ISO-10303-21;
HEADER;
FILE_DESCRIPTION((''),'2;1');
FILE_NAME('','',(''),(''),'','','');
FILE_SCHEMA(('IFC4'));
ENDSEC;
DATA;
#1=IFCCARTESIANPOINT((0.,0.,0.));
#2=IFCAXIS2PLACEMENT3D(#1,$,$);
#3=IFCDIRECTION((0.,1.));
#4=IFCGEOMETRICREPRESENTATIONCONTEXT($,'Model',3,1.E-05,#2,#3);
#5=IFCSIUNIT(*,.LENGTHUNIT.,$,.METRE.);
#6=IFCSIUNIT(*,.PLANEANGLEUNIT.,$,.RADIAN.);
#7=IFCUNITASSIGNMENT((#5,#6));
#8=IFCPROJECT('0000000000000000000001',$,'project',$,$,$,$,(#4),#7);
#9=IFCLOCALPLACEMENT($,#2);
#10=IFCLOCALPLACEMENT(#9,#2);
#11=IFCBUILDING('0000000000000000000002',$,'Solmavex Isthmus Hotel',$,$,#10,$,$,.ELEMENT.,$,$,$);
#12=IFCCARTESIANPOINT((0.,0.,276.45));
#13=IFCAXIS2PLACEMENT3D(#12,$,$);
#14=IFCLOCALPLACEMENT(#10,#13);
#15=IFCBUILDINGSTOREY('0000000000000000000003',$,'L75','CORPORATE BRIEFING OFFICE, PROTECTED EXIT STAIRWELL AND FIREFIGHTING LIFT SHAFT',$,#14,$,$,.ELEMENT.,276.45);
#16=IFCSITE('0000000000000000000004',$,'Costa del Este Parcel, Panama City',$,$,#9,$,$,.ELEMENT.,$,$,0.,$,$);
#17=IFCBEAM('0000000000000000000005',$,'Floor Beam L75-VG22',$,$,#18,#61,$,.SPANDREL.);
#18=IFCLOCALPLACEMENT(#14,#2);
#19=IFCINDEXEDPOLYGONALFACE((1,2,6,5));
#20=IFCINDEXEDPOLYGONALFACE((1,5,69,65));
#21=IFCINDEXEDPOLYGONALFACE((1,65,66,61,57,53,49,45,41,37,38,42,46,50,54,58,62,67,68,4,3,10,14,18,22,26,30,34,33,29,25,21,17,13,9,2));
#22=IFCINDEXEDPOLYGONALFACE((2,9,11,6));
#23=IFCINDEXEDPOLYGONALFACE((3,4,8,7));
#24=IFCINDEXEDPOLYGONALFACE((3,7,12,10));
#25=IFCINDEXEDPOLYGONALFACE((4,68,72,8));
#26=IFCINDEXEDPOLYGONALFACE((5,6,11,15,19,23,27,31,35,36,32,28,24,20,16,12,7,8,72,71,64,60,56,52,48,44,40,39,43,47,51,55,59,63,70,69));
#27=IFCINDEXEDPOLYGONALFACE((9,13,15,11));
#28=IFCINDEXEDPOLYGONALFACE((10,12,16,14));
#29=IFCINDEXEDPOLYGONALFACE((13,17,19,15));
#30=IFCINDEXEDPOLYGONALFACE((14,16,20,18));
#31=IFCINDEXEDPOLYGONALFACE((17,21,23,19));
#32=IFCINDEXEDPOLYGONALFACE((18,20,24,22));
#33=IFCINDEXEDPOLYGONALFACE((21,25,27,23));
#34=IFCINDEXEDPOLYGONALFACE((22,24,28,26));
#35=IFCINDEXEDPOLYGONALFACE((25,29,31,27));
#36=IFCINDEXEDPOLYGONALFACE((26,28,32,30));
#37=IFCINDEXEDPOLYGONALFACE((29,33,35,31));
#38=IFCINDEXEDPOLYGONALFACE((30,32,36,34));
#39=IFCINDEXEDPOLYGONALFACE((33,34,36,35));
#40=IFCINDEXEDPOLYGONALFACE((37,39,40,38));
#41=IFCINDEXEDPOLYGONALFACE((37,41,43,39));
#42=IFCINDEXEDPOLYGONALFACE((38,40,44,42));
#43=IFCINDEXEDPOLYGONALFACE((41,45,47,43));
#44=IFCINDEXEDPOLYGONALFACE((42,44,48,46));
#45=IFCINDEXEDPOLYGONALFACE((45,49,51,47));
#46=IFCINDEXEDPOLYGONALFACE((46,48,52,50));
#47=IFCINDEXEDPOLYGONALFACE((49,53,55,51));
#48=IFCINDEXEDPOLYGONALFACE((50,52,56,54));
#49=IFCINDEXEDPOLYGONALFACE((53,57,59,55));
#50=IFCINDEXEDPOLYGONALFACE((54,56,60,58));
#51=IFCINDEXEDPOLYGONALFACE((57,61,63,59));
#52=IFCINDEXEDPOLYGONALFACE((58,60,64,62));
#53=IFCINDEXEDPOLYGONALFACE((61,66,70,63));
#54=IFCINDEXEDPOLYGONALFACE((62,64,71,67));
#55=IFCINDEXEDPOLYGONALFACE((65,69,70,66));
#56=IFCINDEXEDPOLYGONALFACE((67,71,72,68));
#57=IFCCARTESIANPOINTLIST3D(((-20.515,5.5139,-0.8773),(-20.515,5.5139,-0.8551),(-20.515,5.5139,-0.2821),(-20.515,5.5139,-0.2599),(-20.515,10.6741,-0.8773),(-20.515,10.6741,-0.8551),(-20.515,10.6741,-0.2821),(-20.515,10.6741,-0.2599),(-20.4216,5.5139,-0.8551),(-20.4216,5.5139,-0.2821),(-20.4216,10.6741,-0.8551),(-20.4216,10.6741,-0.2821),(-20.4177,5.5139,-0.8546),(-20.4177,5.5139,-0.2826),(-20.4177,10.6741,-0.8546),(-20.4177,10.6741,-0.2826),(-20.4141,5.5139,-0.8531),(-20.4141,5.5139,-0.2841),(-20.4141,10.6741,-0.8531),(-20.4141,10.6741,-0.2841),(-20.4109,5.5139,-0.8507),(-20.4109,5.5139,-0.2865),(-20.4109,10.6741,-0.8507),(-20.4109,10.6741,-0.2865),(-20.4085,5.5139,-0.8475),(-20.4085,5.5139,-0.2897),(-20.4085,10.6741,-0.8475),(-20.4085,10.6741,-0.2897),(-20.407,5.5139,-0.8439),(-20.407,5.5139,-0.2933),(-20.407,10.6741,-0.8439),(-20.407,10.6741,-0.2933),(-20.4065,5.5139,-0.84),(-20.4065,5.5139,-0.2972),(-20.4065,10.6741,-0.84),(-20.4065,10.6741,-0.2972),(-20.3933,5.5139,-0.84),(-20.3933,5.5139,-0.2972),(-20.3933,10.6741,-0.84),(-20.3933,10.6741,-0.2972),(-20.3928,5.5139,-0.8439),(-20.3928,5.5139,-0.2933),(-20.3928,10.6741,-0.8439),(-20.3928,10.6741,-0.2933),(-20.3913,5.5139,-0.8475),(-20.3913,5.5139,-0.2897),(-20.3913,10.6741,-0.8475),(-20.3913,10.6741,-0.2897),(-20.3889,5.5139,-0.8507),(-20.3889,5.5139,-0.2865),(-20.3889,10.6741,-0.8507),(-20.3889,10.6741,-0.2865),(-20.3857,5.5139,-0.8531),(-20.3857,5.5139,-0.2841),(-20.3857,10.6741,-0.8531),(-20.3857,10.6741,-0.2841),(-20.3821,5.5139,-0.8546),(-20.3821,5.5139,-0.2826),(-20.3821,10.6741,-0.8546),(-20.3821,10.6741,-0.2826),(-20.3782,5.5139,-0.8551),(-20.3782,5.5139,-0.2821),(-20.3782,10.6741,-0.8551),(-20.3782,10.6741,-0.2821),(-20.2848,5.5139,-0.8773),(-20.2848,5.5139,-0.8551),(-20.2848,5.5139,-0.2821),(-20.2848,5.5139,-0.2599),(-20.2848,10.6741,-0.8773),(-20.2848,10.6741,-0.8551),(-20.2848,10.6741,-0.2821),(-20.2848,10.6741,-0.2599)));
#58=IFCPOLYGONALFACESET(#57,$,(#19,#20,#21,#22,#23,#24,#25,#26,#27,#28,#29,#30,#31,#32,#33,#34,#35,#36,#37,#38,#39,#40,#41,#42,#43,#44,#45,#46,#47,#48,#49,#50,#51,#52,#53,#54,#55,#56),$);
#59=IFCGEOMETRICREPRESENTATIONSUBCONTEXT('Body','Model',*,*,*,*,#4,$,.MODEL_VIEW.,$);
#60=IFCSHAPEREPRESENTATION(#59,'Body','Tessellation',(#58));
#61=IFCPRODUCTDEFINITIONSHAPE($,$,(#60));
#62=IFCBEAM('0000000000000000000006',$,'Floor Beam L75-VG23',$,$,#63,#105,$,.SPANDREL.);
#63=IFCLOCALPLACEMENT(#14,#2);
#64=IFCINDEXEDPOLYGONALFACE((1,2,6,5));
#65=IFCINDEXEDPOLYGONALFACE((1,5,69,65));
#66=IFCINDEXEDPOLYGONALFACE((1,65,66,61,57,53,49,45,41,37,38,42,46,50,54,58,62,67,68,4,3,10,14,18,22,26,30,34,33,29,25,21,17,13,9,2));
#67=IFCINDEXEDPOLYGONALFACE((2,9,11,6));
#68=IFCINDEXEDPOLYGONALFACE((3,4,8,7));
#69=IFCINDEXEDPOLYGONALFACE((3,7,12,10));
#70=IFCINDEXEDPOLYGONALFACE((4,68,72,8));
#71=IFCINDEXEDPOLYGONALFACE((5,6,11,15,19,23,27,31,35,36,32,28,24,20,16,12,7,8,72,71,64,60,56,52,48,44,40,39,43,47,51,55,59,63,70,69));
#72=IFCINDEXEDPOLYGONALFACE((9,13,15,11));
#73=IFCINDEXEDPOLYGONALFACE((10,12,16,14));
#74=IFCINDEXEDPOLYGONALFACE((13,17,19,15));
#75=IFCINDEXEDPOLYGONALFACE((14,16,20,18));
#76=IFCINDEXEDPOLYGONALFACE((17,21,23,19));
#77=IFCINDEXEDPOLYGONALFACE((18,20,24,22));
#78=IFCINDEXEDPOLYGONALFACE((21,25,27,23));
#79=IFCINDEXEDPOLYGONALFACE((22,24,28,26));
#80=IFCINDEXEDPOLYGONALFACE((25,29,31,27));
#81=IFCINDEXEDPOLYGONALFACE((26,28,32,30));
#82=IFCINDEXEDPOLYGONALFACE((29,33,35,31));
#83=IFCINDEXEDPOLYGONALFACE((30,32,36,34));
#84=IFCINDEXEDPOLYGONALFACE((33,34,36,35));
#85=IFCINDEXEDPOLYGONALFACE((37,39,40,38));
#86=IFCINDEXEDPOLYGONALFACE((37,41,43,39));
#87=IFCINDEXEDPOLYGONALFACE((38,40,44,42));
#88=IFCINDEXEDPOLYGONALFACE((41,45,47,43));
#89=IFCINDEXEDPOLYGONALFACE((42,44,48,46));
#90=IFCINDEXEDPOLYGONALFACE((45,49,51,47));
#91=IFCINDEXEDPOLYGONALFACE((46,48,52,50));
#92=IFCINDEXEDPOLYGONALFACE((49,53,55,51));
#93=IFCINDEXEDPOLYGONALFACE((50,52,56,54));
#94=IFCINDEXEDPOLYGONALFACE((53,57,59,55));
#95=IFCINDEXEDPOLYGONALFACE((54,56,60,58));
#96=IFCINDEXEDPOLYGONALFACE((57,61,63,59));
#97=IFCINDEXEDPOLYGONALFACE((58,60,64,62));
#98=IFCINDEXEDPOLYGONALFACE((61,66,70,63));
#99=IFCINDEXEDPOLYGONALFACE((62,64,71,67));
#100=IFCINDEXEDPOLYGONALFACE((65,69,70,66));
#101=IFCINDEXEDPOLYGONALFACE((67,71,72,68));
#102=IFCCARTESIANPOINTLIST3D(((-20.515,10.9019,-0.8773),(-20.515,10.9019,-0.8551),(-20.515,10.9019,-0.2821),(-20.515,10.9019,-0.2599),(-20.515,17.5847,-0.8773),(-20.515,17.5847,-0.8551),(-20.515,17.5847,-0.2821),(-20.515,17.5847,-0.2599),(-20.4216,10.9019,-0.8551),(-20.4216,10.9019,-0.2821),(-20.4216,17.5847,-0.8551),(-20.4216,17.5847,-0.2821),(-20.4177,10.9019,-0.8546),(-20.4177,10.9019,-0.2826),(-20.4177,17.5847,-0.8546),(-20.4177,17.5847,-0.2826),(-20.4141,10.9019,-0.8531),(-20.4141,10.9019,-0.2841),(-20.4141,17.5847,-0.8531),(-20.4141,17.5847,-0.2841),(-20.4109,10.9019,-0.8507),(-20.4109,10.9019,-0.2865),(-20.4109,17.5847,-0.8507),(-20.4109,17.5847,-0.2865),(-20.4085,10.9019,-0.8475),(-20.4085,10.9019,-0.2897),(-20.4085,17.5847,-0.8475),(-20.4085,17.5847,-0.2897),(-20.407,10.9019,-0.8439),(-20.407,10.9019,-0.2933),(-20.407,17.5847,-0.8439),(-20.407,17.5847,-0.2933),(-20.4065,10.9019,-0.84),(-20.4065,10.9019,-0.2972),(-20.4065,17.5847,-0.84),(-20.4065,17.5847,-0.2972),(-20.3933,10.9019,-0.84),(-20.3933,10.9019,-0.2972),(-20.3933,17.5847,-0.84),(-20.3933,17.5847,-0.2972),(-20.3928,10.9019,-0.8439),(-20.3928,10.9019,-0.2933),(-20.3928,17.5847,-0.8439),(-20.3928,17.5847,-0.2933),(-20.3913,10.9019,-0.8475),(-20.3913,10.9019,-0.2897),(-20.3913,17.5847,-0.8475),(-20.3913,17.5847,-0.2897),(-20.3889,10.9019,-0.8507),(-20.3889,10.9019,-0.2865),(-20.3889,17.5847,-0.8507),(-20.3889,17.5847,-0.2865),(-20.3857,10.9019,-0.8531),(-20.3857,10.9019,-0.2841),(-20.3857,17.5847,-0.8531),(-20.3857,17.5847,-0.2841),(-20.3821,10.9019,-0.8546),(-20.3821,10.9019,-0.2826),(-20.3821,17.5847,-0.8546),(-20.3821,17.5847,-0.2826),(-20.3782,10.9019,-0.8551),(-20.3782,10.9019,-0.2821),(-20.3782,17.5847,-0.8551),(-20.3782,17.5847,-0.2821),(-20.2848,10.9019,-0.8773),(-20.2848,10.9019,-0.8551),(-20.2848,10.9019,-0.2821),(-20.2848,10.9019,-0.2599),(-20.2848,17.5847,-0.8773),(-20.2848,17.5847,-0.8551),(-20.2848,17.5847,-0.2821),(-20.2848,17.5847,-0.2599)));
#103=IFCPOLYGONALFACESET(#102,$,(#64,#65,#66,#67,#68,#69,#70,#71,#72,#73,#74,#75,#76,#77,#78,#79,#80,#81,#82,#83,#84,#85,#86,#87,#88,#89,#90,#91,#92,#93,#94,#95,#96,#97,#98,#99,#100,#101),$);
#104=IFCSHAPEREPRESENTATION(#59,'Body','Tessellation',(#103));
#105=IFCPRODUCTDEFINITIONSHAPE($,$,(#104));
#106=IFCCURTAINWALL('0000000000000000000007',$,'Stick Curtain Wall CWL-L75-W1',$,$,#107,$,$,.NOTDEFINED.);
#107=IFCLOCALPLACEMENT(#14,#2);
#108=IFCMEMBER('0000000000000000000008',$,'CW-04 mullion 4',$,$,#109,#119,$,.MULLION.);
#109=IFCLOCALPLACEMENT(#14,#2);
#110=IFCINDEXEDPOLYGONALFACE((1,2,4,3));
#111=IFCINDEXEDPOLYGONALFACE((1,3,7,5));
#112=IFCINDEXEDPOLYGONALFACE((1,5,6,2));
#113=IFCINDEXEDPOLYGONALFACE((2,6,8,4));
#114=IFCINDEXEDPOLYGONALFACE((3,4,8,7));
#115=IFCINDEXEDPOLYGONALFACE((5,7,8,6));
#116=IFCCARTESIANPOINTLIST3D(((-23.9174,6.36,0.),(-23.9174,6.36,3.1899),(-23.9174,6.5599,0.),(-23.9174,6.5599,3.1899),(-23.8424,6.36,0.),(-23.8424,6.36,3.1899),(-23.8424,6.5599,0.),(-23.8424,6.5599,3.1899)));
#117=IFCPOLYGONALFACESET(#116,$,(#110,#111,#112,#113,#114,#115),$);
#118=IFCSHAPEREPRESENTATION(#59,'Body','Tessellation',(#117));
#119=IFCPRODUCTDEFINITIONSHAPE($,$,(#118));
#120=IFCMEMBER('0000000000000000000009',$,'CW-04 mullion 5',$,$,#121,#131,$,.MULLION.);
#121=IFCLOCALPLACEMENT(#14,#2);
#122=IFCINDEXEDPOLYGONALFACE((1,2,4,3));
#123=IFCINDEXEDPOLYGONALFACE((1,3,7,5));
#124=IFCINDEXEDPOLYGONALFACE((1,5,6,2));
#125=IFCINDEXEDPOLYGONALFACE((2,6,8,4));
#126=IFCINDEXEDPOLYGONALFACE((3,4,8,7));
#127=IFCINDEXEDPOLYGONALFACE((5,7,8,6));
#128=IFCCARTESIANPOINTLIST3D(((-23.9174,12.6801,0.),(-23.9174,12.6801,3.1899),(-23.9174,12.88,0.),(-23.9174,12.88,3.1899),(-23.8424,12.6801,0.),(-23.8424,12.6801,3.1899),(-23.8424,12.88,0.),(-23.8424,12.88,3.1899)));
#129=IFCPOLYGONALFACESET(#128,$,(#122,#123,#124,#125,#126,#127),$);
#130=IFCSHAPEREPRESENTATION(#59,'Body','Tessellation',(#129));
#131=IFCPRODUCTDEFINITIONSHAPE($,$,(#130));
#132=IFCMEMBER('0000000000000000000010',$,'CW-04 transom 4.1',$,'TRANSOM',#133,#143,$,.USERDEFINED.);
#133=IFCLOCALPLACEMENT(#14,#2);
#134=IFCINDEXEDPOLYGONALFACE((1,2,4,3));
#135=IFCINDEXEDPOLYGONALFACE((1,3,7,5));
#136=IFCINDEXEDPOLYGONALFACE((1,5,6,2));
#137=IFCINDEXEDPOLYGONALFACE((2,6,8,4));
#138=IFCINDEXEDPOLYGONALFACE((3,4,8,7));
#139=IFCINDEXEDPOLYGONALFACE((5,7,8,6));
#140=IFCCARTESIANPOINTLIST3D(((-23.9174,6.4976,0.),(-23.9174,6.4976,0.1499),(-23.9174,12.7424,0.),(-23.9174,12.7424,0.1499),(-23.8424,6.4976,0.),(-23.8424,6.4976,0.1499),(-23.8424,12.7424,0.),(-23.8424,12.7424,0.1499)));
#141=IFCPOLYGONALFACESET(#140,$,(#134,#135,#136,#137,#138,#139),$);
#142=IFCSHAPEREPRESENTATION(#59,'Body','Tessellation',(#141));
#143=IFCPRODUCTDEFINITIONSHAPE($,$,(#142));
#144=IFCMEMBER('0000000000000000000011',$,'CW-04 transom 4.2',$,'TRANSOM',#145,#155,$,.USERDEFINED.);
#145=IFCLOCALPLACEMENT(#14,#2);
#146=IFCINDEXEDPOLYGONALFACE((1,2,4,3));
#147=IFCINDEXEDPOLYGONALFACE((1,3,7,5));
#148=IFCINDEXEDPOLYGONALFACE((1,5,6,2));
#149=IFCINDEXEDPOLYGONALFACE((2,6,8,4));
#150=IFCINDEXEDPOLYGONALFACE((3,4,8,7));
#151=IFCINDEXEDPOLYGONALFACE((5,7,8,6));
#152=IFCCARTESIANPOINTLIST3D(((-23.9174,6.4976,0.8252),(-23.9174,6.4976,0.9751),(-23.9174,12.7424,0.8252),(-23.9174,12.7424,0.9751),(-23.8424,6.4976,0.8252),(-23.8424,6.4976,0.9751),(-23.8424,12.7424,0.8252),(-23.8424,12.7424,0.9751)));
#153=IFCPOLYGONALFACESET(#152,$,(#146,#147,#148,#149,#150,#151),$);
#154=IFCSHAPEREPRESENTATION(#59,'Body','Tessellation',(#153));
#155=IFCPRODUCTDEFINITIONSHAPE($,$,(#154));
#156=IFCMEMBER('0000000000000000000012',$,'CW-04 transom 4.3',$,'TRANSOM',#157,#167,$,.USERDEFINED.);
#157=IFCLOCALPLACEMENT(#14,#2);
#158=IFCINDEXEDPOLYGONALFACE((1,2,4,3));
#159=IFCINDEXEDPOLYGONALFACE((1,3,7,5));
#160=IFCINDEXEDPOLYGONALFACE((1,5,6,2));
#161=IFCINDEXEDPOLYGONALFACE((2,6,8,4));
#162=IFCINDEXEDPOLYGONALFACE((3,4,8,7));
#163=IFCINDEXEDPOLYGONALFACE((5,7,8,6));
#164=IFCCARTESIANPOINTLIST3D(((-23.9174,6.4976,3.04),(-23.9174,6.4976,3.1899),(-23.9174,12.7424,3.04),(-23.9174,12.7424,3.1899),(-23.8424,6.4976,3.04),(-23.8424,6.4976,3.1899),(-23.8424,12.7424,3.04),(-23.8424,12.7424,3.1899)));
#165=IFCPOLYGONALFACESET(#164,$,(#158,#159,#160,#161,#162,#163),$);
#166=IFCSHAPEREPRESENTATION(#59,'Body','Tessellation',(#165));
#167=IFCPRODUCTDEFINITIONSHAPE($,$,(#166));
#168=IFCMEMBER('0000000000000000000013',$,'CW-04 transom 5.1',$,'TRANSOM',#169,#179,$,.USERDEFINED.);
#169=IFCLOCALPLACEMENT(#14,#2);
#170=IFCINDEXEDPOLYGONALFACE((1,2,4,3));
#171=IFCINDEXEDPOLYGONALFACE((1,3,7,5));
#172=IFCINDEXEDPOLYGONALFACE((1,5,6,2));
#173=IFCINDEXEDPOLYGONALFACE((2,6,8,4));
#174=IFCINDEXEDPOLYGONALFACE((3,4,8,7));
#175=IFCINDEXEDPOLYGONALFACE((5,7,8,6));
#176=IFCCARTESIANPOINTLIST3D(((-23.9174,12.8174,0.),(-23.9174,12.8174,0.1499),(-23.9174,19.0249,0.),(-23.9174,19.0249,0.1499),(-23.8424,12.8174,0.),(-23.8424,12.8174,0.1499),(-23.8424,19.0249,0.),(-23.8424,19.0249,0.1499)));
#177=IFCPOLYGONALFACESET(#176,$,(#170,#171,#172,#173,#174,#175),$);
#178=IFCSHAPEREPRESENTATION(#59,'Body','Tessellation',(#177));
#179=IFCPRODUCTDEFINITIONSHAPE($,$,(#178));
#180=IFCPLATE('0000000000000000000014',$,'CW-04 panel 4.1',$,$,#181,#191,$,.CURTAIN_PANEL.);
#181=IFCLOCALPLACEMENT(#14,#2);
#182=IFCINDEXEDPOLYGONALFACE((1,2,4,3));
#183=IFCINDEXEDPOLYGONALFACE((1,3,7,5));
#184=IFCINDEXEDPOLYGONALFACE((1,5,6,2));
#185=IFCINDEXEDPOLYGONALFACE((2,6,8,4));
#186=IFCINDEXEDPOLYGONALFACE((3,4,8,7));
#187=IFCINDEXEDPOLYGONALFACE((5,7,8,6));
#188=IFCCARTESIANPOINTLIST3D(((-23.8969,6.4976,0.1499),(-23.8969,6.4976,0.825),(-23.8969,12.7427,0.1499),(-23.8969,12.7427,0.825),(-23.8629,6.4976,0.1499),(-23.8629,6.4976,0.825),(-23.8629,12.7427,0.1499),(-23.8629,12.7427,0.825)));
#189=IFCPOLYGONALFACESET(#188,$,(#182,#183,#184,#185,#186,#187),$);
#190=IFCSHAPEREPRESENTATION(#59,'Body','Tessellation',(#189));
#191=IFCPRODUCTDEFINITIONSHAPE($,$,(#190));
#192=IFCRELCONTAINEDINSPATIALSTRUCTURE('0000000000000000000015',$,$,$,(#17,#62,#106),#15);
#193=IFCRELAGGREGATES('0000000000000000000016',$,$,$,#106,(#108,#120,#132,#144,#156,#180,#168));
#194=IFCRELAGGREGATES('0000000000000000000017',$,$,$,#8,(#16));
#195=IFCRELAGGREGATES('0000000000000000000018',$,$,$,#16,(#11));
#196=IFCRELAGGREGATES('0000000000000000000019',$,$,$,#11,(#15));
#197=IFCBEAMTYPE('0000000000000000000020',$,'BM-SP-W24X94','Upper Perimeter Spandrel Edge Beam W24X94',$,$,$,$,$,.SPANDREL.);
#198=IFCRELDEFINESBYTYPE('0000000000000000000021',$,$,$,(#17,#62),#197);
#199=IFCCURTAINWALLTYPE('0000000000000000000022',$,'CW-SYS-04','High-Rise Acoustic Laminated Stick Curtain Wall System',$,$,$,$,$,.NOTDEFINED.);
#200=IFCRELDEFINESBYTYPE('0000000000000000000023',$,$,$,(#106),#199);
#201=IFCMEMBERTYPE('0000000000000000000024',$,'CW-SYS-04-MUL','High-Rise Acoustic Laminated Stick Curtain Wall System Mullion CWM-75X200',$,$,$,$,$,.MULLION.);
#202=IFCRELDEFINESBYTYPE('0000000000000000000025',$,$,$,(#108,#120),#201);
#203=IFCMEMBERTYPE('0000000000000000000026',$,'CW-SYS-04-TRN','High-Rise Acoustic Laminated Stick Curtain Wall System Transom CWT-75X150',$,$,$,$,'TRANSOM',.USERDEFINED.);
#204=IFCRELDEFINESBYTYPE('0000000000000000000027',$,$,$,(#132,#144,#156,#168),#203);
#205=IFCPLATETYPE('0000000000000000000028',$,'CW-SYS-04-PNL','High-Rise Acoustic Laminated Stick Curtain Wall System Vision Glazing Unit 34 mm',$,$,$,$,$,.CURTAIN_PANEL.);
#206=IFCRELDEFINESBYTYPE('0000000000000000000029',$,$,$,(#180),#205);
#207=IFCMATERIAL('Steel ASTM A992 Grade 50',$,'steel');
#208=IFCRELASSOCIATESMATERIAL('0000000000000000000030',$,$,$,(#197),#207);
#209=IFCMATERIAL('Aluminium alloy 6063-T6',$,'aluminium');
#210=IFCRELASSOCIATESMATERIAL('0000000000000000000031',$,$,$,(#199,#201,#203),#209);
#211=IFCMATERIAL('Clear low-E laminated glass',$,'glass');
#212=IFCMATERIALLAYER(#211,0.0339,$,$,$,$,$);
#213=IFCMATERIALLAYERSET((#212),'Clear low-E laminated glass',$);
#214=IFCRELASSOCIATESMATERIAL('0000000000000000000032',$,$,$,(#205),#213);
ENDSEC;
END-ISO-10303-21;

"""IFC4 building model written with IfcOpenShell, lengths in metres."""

from ifc_helpers import new_model, si_unit, direction, frame, origin, origin_2d, place, context, subcontext, project, spatial, rectangle, i_section, extrude, material, layer, layer_set, material_profile, profile_set, type_object, element, aggregate, save


model = new_model("IFC4")

# Units and contexts
model_context = context("Model", 3, precision=1e-05, world=origin(), true_north=direction((0.0, 1.0)))
body_context = subcontext(model_context, "Body", "Model", "MODEL_VIEW")
ifc_project = project(units=[si_unit("LENGTHUNIT", "METRE"), si_unit("PLANEANGLEUNIT", "RADIAN")], contexts=[model_context])

# Site, building, storey
site_placement = place(None, origin())
site = spatial("IfcSite", under=ifc_project, at=site_placement, Name="Costa del Este Parcel, Panama City", CompositionType="ELEMENT", RefElevation=0.0)
building_placement = place(site_placement, origin())
building = spatial("IfcBuilding", under=site, at=building_placement, Name="Solmavex Isthmus Hotel", CompositionType="ELEMENT")
storey_placement = place(building_placement, frame((0.0, 0.0, 276.45)))
storey = spatial("IfcBuildingStorey", under=building, at=storey_placement, Name="L75", Description="CORPORATE BRIEFING OFFICE, PROTECTED EXIT STAIRWELL AND FIREFIGHTING LIFT SHAFT", CompositionType="ELEMENT", Elevation=276.45)

# Beams
ifc_material_1 = material(Name="Steel ASTM A992 Grade 50", Category="steel")
ifc_material_profile_1 = material_profile(ifc_material_1, i_section(OverallWidth=0.2302, OverallDepth=0.6174, WebThickness=0.0132, FlangeThickness=0.0222, FilletRadius=0.0151, at=origin_2d()), Name="W24X94")
ifc_profile_set_1 = profile_set([ifc_material_profile_1], Name="Steel ASTM A992 Grade 50")
beam_type_1 = type_object("IfcBeamType", Name="BM-SP-W24X94", Description="Upper Perimeter Spandrel Edge Beam W24X94", PredefinedType="SPANDREL", material=ifc_profile_set_1)
beam_1_placement = place(storey_placement, frame((-20.3999, 5.5139, -0.5686), z_axis=(0.0, 1.0, 0.0), x_axis=(-1.0, 0.0, 0.0)))
element("IfcBeam", 1, at=beam_1_placement, inside=storey, type_object=beam_type_1, Name="Floor Beam L75-VG22", PredefinedType="SPANDREL", context=body_context, shape_type="SweptSolid", body=[
    extrude(i_section(OverallWidth=0.2302, OverallDepth=0.6174, WebThickness=0.0132, FlangeThickness=0.0222, FilletRadius=0.0151, at=origin_2d()), origin(), (0.0, 0.0, 1.0), 5.1602),
])
beam_2_placement = place(storey_placement, frame((-20.3999, 10.9019, -0.5686), z_axis=(0.0, 1.0, 0.0), x_axis=(-1.0, 0.0, 0.0)))
element("IfcBeam", 2, at=beam_2_placement, inside=storey, type_object=beam_type_1, Name="Floor Beam L75-VG23", PredefinedType="SPANDREL", context=body_context, shape_type="SweptSolid", body=[
    extrude(i_section(OverallWidth=0.2302, OverallDepth=0.6174, WebThickness=0.0132, FlangeThickness=0.0222, FilletRadius=0.0151, at=origin_2d()), origin(), (0.0, 0.0, 1.0), 6.6829),
])

# Curtain wall, members, plate
ifc_material_2 = material(Name="Aluminium alloy 6063-T6", Category="aluminium")
curtain_wall_type = type_object("IfcCurtainWallType", Name="CW-SYS-04", Description="High-Rise Acoustic Laminated Stick Curtain Wall System", PredefinedType="NOTDEFINED", material=ifc_material_2)
curtain_wall_placement = place(storey_placement, origin())
curtain_wall = element("IfcCurtainWall", 3, at=curtain_wall_placement, inside=storey, type_object=curtain_wall_type, Name="Stick Curtain Wall CWL-L75-W1", PredefinedType="NOTDEFINED")
ifc_material_profile_2 = material_profile(ifc_material_2, rectangle(XDim=0.075, YDim=0.2, at=origin_2d()), Name="CWM-75X200")
ifc_profile_set_2 = profile_set([ifc_material_profile_2], Name="Aluminium alloy 6063-T6")
member_type_1 = type_object("IfcMemberType", Name="CW-SYS-04-MUL", Description="High-Rise Acoustic Laminated Stick Curtain Wall System Mullion CWM-75X200", PredefinedType="MULLION", material=ifc_profile_set_2)
member_1_placement = place(storey_placement, frame((-23.8799, 6.46, 0.0), z_axis=(0.0, 0.0, 1.0), x_axis=(-1.0, 0.0, 0.0)))
member_1 = element("IfcMember", 4, at=member_1_placement, type_object=member_type_1, Name="CW-04 mullion 4", PredefinedType="MULLION", context=body_context, shape_type="SweptSolid", body=[
    extrude(rectangle(XDim=0.075, YDim=0.2, at=origin_2d()), origin(), (0.0, 0.0, 1.0), 3.1899),
])
member_2_placement = place(storey_placement, frame((-23.8799, 12.78, 0.0), z_axis=(0.0, 0.0, 1.0), x_axis=(-1.0, 0.0, 0.0)))
member_2 = element("IfcMember", 5, at=member_2_placement, type_object=member_type_1, Name="CW-04 mullion 5", PredefinedType="MULLION", context=body_context, shape_type="SweptSolid", body=[
    extrude(rectangle(XDim=0.075, YDim=0.2, at=origin_2d()), origin(), (0.0, 0.0, 1.0), 3.1899),
])
ifc_material_profile_3 = material_profile(ifc_material_2, rectangle(XDim=0.075, YDim=0.1499, at=origin_2d()), Name="CWT-75X150")
ifc_profile_set_3 = profile_set([ifc_material_profile_3], Name="Aluminium alloy 6063-T6")
member_type_2 = type_object("IfcMemberType", Name="CW-SYS-04-TRN", Description="High-Rise Acoustic Laminated Stick Curtain Wall System Transom CWT-75X150", ElementType="TRANSOM", PredefinedType="USERDEFINED", material=ifc_profile_set_3)
member_3_placement = place(storey_placement, frame((-23.8799, 6.4976, 0.075), z_axis=(0.0, 1.0, 0.0), x_axis=(-1.0, 0.0, 0.0)))
member_3 = element("IfcMember", 6, at=member_3_placement, type_object=member_type_2, Name="CW-04 transom 4.1", ObjectType="TRANSOM", PredefinedType="USERDEFINED", context=body_context, shape_type="SweptSolid", body=[
    extrude(rectangle(XDim=0.075, YDim=0.1499, at=origin_2d()), origin(), (0.0, 0.0, 1.0), 6.2449),
])
member_4_placement = place(storey_placement, frame((-23.8799, 6.4976, 0.9001), z_axis=(0.0, 1.0, 0.0), x_axis=(-1.0, 0.0, 0.0)))
member_4 = element("IfcMember", 7, at=member_4_placement, type_object=member_type_2, Name="CW-04 transom 4.2", ObjectType="TRANSOM", PredefinedType="USERDEFINED", context=body_context, shape_type="SweptSolid", body=[
    extrude(rectangle(XDim=0.075, YDim=0.1499, at=origin_2d()), origin(), (0.0, 0.0, 1.0), 6.2449),
])
member_5_placement = place(storey_placement, frame((-23.8799, 6.4976, 3.115), z_axis=(0.0, 1.0, 0.0), x_axis=(-1.0, 0.0, 0.0)))
member_5 = element("IfcMember", 8, at=member_5_placement, type_object=member_type_2, Name="CW-04 transom 4.3", ObjectType="TRANSOM", PredefinedType="USERDEFINED", context=body_context, shape_type="SweptSolid", body=[
    extrude(rectangle(XDim=0.075, YDim=0.1499, at=origin_2d()), origin(), (0.0, 0.0, 1.0), 6.2449),
])
member_6_placement = place(storey_placement, frame((-23.8799, 12.8174, 0.075), z_axis=(0.0, 1.0, 0.0), x_axis=(-1.0, 0.0, 0.0)))
member_6 = element("IfcMember", 9, at=member_6_placement, type_object=member_type_2, Name="CW-04 transom 5.1", ObjectType="TRANSOM", PredefinedType="USERDEFINED", context=body_context, shape_type="SweptSolid", body=[
    extrude(rectangle(XDim=0.075, YDim=0.1499, at=origin_2d()), origin(), (0.0, 0.0, 1.0), 6.2075),
])
ifc_material_3 = material(Name="Clear low-E laminated glass", Category="glass")
ifc_layer_1 = layer(ifc_material_3, 0.0339)
ifc_layer_set_1 = layer_set([ifc_layer_1], Name="Clear low-E laminated glass")
plate_type = type_object("IfcPlateType", Name="CW-SYS-04-PNL", Description="High-Rise Acoustic Laminated Stick Curtain Wall System Vision Glazing Unit 34 mm", PredefinedType="CURTAIN_PANEL", material=ifc_layer_set_1)
plate_1_placement = place(storey_placement, frame((-23.8799, 9.6201, 0.1499), z_axis=(0.0, 0.0, 1.0), x_axis=(0.0, 1.0, 0.0)))
plate_1 = element("IfcPlate", 10, at=plate_1_placement, type_object=plate_type, Name="CW-04 panel 4.1", PredefinedType="CURTAIN_PANEL", context=body_context, shape_type="SweptSolid", body=[
    extrude(rectangle(XDim=6.2451, YDim=0.0339, at=origin_2d()), origin(), (0.0, 0.0, 1.0), 0.675),
])
aggregate(curtain_wall, [member_1, member_2, member_3, member_4, member_5, plate_1, member_6])

save(model, "model.ifc")
